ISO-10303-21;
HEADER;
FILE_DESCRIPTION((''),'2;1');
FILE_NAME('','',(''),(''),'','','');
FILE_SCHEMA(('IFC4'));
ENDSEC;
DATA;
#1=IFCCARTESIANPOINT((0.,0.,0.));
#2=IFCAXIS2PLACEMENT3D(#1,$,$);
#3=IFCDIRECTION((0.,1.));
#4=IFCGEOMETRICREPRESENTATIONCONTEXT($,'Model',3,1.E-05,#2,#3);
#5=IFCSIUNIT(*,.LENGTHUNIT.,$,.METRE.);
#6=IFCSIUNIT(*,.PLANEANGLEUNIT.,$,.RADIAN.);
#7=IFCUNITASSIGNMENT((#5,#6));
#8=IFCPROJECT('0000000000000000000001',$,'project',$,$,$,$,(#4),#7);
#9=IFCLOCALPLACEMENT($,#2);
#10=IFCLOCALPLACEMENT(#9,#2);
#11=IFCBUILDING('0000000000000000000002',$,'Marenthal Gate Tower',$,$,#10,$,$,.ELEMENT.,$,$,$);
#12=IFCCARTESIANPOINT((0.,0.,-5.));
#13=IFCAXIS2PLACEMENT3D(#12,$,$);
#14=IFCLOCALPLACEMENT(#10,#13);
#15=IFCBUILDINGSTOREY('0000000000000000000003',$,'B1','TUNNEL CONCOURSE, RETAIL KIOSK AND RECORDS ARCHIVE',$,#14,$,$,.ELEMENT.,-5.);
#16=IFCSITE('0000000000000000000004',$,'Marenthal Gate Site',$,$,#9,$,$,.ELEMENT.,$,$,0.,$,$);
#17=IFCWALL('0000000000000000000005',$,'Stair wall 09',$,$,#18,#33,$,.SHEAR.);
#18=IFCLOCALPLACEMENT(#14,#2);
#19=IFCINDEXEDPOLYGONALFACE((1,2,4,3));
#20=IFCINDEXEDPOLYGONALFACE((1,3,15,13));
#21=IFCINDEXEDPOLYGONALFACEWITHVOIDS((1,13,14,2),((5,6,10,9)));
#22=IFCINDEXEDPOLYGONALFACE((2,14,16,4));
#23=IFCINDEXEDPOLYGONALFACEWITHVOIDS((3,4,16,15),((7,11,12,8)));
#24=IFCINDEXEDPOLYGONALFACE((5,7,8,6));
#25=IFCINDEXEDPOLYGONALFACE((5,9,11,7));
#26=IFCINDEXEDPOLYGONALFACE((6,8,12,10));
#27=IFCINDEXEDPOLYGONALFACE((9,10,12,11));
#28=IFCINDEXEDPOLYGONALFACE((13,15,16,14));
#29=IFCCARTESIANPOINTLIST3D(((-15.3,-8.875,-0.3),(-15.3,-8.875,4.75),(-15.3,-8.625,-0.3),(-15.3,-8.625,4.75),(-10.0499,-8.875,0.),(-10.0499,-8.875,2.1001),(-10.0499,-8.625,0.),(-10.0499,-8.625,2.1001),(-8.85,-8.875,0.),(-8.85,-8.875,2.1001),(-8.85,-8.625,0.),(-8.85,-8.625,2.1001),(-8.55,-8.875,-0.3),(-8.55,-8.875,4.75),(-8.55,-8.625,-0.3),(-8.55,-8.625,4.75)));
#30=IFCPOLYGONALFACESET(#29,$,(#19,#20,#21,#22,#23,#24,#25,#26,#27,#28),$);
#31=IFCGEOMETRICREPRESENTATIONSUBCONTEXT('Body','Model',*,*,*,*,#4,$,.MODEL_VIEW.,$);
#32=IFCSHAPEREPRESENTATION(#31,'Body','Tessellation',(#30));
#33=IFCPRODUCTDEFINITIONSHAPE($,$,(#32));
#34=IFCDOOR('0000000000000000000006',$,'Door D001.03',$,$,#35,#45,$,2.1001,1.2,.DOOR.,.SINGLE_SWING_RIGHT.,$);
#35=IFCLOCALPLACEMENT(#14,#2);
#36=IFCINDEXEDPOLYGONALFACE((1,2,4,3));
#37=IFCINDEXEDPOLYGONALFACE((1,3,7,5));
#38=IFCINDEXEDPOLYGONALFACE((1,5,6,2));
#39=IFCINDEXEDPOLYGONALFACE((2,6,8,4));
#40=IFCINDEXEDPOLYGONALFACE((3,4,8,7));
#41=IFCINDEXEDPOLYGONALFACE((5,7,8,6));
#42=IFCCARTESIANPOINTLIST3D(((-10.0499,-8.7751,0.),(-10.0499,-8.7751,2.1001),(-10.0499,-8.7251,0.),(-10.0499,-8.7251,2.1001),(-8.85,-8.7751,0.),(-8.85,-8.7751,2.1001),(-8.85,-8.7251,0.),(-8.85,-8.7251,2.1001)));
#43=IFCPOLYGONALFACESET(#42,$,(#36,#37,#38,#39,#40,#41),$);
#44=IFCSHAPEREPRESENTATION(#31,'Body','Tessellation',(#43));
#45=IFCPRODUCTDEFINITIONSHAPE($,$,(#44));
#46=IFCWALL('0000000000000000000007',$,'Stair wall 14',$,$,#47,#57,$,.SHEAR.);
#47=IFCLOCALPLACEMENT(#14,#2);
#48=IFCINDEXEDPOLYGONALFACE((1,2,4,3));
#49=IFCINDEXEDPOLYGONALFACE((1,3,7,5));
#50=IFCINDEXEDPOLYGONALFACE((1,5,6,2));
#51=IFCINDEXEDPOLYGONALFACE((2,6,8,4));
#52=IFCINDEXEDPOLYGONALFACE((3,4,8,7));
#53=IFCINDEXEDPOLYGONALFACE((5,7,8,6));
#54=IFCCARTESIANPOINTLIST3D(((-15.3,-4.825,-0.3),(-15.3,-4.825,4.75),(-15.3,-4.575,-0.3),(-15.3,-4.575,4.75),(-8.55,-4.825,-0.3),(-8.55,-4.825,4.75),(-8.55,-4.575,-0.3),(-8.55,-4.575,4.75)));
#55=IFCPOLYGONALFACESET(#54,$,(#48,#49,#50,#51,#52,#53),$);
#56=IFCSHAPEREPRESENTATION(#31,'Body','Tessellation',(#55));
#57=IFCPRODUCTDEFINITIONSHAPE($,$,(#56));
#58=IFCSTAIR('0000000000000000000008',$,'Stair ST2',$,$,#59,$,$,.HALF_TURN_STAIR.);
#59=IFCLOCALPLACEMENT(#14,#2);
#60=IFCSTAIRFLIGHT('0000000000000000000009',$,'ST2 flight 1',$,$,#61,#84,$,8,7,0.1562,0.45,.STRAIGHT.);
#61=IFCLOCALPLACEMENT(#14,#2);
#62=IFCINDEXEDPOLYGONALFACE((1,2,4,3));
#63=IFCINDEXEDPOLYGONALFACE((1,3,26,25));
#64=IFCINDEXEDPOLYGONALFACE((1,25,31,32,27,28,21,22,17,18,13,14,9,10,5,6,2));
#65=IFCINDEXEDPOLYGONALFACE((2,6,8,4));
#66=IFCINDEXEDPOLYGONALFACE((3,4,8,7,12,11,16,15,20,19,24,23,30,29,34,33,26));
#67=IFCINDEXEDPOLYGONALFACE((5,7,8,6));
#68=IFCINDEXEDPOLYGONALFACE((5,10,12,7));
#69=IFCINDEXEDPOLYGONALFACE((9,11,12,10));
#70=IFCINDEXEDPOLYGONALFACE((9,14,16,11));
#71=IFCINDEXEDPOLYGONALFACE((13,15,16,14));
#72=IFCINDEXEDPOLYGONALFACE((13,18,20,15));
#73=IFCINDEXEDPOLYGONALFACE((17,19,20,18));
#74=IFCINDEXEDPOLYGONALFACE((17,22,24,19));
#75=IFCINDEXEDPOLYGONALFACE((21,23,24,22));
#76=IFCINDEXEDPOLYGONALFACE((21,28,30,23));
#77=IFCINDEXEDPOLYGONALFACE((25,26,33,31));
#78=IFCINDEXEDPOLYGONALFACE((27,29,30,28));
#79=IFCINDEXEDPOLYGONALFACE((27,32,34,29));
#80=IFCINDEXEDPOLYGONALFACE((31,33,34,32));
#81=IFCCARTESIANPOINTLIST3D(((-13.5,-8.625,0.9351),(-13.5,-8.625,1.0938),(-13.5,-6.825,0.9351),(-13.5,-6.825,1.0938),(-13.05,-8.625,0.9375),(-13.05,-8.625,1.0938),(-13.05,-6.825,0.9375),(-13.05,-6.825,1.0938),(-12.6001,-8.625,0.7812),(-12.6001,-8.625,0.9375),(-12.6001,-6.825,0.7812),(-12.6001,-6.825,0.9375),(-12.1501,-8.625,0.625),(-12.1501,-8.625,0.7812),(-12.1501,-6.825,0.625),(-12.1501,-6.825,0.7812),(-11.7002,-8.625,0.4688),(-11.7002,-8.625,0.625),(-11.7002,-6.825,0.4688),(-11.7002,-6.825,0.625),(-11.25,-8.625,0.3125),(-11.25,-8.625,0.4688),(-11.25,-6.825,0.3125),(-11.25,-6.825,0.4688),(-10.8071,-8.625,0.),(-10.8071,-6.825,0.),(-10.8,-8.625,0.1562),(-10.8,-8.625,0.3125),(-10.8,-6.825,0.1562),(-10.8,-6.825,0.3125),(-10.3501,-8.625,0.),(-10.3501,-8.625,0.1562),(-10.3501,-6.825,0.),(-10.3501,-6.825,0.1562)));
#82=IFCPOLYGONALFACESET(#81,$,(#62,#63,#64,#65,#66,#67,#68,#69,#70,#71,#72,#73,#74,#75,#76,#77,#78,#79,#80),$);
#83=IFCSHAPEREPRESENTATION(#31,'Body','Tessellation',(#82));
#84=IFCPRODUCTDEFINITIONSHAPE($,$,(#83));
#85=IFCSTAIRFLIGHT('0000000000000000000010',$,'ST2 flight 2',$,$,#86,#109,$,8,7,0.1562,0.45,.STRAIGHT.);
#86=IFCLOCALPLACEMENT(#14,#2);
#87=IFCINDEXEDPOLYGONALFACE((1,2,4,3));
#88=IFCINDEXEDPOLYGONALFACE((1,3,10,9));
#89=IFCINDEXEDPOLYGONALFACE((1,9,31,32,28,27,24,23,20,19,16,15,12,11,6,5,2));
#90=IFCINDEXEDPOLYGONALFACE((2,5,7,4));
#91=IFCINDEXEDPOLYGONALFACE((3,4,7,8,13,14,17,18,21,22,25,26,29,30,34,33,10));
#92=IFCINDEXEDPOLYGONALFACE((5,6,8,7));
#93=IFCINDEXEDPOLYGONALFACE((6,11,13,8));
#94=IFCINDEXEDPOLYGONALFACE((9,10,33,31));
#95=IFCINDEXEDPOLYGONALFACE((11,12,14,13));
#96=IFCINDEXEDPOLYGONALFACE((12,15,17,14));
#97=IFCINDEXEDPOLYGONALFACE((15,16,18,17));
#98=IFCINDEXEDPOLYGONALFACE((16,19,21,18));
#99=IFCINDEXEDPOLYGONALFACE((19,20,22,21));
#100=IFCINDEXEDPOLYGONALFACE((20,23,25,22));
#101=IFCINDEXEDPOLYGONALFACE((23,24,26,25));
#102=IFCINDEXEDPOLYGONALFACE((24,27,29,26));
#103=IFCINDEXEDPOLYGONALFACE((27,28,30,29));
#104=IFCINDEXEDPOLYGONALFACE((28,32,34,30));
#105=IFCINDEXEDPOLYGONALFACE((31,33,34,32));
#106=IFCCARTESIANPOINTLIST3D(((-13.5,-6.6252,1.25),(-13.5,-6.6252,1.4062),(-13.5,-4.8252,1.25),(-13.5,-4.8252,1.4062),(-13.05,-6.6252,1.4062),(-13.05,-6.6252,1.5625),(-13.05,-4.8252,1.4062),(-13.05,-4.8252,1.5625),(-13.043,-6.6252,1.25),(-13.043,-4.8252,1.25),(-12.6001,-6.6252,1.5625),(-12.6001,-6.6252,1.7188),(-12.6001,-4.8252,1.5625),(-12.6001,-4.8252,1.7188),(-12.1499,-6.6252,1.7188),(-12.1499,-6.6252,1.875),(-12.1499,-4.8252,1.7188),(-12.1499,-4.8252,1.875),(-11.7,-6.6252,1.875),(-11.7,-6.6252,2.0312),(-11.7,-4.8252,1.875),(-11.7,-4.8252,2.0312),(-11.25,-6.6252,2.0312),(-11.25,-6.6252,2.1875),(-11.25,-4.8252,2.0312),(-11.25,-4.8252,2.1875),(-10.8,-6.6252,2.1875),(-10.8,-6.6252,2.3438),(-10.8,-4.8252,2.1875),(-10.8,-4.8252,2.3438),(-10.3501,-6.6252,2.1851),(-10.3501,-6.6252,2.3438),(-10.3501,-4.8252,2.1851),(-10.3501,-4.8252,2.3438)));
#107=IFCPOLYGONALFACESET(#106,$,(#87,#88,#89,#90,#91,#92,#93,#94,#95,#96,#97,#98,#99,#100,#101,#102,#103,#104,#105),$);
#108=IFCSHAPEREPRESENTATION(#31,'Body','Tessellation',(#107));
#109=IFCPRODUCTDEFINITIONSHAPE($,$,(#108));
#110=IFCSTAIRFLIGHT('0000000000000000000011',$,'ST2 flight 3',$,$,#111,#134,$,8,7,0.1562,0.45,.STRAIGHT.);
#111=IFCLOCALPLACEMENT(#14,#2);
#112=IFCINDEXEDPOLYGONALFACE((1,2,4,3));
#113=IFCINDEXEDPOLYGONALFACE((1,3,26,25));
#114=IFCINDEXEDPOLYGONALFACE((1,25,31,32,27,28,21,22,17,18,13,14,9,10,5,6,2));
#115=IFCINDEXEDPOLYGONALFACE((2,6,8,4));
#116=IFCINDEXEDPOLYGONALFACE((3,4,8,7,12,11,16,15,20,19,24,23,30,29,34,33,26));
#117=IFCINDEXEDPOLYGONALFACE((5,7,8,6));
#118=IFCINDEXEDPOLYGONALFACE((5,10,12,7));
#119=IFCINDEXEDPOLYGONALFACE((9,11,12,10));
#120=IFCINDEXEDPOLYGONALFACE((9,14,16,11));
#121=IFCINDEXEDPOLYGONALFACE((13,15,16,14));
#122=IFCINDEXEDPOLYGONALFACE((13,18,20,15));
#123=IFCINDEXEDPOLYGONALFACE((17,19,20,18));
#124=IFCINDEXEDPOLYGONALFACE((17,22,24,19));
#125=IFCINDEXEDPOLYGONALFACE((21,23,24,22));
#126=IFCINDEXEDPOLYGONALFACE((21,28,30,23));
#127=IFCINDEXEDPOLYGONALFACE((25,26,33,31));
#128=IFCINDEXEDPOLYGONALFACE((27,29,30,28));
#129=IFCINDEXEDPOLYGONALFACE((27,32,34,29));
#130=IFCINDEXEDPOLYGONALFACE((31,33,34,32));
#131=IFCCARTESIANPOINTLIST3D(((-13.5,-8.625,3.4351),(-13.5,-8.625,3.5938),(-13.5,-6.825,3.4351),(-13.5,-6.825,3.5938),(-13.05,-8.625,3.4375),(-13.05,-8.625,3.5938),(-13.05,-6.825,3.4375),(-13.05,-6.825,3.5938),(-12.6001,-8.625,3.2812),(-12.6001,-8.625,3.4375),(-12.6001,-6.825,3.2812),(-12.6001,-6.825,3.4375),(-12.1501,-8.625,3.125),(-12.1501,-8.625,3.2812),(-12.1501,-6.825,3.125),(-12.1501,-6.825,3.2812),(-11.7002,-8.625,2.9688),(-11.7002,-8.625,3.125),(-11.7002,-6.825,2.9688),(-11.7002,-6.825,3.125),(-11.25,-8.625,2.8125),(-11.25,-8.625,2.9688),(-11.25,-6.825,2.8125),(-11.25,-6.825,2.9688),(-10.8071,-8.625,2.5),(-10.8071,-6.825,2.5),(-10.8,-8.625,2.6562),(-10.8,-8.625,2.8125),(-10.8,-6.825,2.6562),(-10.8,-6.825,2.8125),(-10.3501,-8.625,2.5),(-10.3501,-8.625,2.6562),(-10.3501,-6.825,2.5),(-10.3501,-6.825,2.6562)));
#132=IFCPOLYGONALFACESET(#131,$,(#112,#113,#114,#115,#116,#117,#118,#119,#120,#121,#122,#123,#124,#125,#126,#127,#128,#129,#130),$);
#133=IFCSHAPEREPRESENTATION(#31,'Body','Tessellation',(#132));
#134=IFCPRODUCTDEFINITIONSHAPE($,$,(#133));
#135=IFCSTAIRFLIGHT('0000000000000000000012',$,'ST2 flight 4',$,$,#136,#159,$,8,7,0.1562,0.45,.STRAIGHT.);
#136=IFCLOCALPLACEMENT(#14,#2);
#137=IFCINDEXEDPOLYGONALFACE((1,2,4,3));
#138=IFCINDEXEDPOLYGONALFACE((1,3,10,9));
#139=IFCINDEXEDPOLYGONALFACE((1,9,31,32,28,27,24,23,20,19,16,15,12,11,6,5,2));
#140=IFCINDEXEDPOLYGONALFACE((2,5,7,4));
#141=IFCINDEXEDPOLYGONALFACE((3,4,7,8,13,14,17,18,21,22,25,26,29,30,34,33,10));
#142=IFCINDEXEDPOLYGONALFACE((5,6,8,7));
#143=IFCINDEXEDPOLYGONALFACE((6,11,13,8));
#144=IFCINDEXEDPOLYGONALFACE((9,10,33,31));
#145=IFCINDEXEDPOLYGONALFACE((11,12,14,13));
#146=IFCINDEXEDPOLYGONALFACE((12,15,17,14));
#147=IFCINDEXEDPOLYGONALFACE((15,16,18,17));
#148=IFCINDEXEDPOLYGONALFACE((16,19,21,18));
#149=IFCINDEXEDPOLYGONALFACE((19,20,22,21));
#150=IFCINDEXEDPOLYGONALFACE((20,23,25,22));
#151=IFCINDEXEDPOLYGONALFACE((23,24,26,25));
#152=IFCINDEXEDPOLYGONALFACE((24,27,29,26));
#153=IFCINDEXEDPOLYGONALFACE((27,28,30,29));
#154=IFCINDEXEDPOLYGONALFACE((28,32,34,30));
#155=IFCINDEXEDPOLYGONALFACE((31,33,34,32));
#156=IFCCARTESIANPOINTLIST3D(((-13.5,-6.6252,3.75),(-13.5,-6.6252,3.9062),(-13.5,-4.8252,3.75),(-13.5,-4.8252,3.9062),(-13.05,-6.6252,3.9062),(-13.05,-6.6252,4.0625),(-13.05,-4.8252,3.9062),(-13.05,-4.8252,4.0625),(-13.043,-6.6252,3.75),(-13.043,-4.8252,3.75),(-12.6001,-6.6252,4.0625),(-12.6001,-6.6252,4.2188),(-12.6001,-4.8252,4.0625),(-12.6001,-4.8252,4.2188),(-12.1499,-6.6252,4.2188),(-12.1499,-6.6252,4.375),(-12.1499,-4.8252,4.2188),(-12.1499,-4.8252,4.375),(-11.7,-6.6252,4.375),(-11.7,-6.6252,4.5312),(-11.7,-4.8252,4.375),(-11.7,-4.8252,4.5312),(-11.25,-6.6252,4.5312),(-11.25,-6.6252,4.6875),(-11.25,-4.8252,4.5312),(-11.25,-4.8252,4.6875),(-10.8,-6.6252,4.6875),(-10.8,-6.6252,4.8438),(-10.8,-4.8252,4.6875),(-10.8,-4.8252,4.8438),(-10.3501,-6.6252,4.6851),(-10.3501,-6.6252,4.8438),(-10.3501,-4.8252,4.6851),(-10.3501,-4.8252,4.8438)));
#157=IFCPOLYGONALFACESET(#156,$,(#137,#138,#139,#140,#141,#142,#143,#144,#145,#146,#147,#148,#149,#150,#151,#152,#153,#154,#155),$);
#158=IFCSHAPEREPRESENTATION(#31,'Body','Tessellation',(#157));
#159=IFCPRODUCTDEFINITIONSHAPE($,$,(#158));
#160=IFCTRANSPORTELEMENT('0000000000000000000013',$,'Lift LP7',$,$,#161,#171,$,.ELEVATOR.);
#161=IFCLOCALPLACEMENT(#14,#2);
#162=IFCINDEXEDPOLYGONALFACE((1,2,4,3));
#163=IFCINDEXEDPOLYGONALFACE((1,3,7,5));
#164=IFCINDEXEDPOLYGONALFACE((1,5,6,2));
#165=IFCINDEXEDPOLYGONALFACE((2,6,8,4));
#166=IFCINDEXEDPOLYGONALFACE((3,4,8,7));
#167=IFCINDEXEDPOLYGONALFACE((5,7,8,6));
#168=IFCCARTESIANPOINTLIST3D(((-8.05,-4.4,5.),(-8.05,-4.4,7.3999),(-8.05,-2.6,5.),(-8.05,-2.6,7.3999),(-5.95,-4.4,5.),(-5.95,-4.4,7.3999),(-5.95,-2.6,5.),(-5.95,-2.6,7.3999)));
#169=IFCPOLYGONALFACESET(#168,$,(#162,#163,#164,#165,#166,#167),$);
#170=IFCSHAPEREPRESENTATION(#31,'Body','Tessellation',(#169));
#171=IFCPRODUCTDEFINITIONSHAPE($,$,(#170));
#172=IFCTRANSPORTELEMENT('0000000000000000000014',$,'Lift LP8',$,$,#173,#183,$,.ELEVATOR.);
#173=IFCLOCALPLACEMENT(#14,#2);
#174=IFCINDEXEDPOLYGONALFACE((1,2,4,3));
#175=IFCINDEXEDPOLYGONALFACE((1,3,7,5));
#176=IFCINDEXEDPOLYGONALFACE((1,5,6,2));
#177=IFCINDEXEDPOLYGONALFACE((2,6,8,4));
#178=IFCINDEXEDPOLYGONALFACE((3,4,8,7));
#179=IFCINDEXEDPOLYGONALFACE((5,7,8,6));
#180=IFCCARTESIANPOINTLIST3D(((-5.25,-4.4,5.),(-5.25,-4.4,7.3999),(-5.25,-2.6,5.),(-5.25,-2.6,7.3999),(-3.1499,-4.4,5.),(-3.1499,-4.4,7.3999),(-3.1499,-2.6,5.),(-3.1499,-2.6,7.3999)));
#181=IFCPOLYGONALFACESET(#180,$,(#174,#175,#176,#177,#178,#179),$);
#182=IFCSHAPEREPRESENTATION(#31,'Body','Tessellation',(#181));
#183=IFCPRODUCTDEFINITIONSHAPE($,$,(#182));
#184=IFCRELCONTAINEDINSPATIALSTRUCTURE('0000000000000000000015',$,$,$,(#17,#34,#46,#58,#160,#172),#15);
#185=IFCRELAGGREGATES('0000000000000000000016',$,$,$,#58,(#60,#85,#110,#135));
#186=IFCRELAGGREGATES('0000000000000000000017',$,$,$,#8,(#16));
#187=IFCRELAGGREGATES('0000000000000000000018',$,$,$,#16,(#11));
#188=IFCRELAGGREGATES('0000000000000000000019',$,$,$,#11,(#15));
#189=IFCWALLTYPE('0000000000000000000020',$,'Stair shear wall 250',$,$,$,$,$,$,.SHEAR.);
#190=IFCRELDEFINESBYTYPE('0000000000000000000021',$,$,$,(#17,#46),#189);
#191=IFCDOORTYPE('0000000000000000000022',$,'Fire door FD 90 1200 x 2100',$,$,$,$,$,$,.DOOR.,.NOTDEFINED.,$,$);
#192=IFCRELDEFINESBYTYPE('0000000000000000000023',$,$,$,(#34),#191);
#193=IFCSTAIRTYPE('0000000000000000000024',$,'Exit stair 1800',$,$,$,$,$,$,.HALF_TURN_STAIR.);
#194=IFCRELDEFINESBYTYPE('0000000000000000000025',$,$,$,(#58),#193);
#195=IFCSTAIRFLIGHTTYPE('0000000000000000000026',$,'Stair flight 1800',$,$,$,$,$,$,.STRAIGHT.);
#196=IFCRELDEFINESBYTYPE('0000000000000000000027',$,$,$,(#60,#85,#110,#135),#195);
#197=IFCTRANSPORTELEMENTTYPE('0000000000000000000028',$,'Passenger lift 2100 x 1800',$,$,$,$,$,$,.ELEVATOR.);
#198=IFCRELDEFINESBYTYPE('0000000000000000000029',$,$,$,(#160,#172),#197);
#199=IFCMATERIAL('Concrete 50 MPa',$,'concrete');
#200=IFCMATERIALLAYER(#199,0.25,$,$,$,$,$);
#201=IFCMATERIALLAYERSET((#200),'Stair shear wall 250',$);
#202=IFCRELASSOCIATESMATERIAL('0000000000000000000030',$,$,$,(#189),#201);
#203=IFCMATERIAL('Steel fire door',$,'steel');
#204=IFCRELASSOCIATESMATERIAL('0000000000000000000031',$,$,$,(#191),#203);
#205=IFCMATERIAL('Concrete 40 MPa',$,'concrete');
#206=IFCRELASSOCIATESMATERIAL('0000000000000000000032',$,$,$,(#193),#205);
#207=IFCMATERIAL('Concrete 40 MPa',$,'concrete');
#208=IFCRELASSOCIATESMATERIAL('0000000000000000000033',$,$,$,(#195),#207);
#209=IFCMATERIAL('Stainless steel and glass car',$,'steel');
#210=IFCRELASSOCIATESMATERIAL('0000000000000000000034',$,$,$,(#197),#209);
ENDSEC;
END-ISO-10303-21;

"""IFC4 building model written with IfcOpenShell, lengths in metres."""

from ifc_helpers import new_model, si_unit, direction, frame, frame_2d, origin, origin_2d, place, context, subcontext, project, spatial, polyline, rectangle, outline, extrude, material, layer, layer_set, type_object, element, fill, aggregate, save


model = new_model("IFC4")

# Units and contexts
model_context = context("Model", 3, precision=1e-05, world=origin(), true_north=direction((0.0, 1.0)))
body_context = subcontext(model_context, "Body", "Model", "MODEL_VIEW")
ifc_project = project(units=[si_unit("LENGTHUNIT", "METRE"), si_unit("PLANEANGLEUNIT", "RADIAN")], contexts=[model_context])

# Site, building, storey
site_placement = place(None, origin())
site = spatial("IfcSite", under=ifc_project, at=site_placement, Name="Marenthal Gate Site", CompositionType="ELEMENT", RefElevation=0.0)
building_placement = place(site_placement, origin())
building = spatial("IfcBuilding", under=site, at=building_placement, Name="Marenthal Gate Tower", CompositionType="ELEMENT")
storey_placement = place(building_placement, frame((0.0, 0.0, -5.0)))
storey = spatial("IfcBuildingStorey", under=building, at=storey_placement, Name="B1", Description="TUNNEL CONCOURSE, RETAIL KIOSK AND RECORDS ARCHIVE", CompositionType="ELEMENT", Elevation=-5.0)

# Wall, opening, door
ifc_material_1 = material(Name="Concrete 50 MPa", Category="concrete")
ifc_layer_1 = layer(ifc_material_1, 0.25)
ifc_layer_set_1 = layer_set([ifc_layer_1], Name="Stair shear wall 250")
wall_type_1 = type_object("IfcWallType", Name="Stair shear wall 250", PredefinedType="SHEAR", material=ifc_layer_set_1)
wall_1_placement = place(storey_placement, frame((-15.3, -8.75, -0.3), z_axis=(0.0, 0.0, 1.0), x_axis=(1.0, 0.0, 0.0)))
wall_1 = element("IfcWall", 1, at=wall_1_placement, inside=storey, type_object=wall_type_1, Name="Stair wall 09", PredefinedType="SHEAR", context=body_context, shape_type="SweptSolid", body=[
    extrude(rectangle(XDim=6.75, YDim=0.25, at=frame_2d((3.375, 0.0))), origin(), (0.0, 0.0, 1.0), 5.05),
])
opening_1_placement = place(wall_1_placement, frame((5.25, 0.0, 0.3)))
opening_1 = element("IfcOpeningElement", 2, at=opening_1_placement, cuts=wall_1, PredefinedType="OPENING", context=body_context, shape_type="SweptSolid", body=[
    extrude(rectangle(XDim=1.2, YDim=2.1001, at=frame_2d((0.6001, 1.05))), frame((0.0, 0.135, 0.0), z_axis=(0.0, -1.0, 0.0), x_axis=(1.0, 0.0, 0.0)), (0.0, 0.0, 1.0), 0.27),
])
ifc_material_2 = material(Name="Steel fire door", Category="steel")
door_type_1 = type_object("IfcDoorType", Name="Fire door FD 90 1200 x 2100", OperationType="NOTDEFINED", PredefinedType="DOOR", material=ifc_material_2)
door_1_placement = place(opening_1_placement, origin())
door_1 = element("IfcDoor", 3, at=door_1_placement, inside=storey, type_object=door_type_1, Name="Door D001.03", OperationType="SINGLE_SWING_RIGHT", OverallHeight=2.1001, OverallWidth=1.2, PredefinedType="DOOR", context=body_context, shape_type="SweptSolid", body=[
    extrude(rectangle(XDim=1.2, YDim=2.1001, at=frame_2d((0.6001, 1.05))), frame((0.0, 0.0249, 0.0), z_axis=(0.0, -1.0, 0.0), x_axis=(1.0, 0.0, 0.0)), (0.0, 0.0, 1.0), 0.05),
])
fill(opening_1, door_1)

# Wall
wall_2_placement = place(storey_placement, frame((-15.3, -4.7, -0.3), z_axis=(0.0, 0.0, 1.0), x_axis=(1.0, 0.0, 0.0)))
element("IfcWall", 4, at=wall_2_placement, inside=storey, type_object=wall_type_1, Name="Stair wall 14", PredefinedType="SHEAR", context=body_context, shape_type="SweptSolid", body=[
    extrude(rectangle(XDim=6.75, YDim=0.25, at=frame_2d((3.375, 0.0))), origin(), (0.0, 0.0, 1.0), 5.05),
])

# Stair, stair flights
ifc_material_3 = material(Name="Concrete 40 MPa", Category="concrete")
stair_type = type_object("IfcStairType", Name="Exit stair 1800", PredefinedType="HALF_TURN_STAIR", material=ifc_material_3)
stair_placement = place(storey_placement, origin())
stair = element("IfcStair", 5, at=stair_placement, inside=storey, type_object=stair_type, Name="Stair ST2", PredefinedType="HALF_TURN_STAIR")
ifc_material_4 = material(Name="Concrete 40 MPa", Category="concrete")
stair_flight_type = type_object("IfcStairFlightType", Name="Stair flight 1800", PredefinedType="STRAIGHT", material=ifc_material_4)
stair_flight_1_placement = place(storey_placement, frame((-10.3501, -7.7251, 0.0), z_axis=(0.0, 0.0, 1.0), x_axis=(-1.0, 0.0, 0.0)))
stair_flight_1 = element("IfcStairFlight", 6, at=stair_flight_1_placement, type_object=stair_flight_type, Name="ST2 flight 1", NumberOfRisers=8, NumberOfTreads=7, PredefinedType="STRAIGHT", RiserHeight=0.1562, TreadLength=0.45, context=body_context, shape_type="SweptSolid", body=[
    extrude(outline(polyline([(0.0, 0.0), (0.0, 0.1562), (0.45, 0.1562), (0.45, 0.3125), (0.8999, 0.3125), (0.8999, 0.4688), (1.3501, 0.4688), (1.3501, 0.625), (1.8, 0.625), (1.8, 0.7812), (2.25, 0.7812), (2.25, 0.9375), (2.7, 0.9375), (2.7, 1.0938), (3.1499, 1.0938), (3.1499, 1.25), (3.1499, 0.9351), (0.457, 0.0), (0.0, 0.0)])), frame((0.0, 0.8999, 0.0), z_axis=(0.0, -1.0, 0.0), x_axis=(1.0, 0.0, 0.0)), (0.0, 0.0, 1.0), 1.8),
])
stair_flight_2_placement = place(storey_placement, frame((-13.5, -5.7251, 1.25), z_axis=(0.0, 0.0, 1.0), x_axis=(1.0, 0.0, 0.0)))
stair_flight_2 = element("IfcStairFlight", 7, at=stair_flight_2_placement, type_object=stair_flight_type, Name="ST2 flight 2", NumberOfRisers=8, NumberOfTreads=7, PredefinedType="STRAIGHT", RiserHeight=0.1562, TreadLength=0.45, context=body_context, shape_type="SweptSolid", body=[
    extrude(outline(polyline([(0.0, 0.0), (0.0, 0.1562), (0.45, 0.1562), (0.45, 0.3125), (0.8999, 0.3125), (0.8999, 0.4688), (1.3501, 0.4688), (1.3501, 0.625), (1.8, 0.625), (1.8, 0.7812), (2.25, 0.7812), (2.25, 0.9375), (2.7, 0.9375), (2.7, 1.0938), (3.1499, 1.0938), (3.1499, 1.25), (3.1499, 0.9351), (0.457, 0.0), (0.0, 0.0)])), frame((0.0, 0.8999, 0.0), z_axis=(0.0, -1.0, 0.0), x_axis=(1.0, 0.0, 0.0)), (0.0, 0.0, 1.0), 1.8),
])
stair_flight_3_placement = place(storey_placement, frame((-10.3501, -7.7251, 2.5), z_axis=(0.0, 0.0, 1.0), x_axis=(-1.0, 0.0, 0.0)))
stair_flight_3 = element("IfcStairFlight", 8, at=stair_flight_3_placement, type_object=stair_flight_type, Name="ST2 flight 3", NumberOfRisers=8, NumberOfTreads=7, PredefinedType="STRAIGHT", RiserHeight=0.1562, TreadLength=0.45, context=body_context, shape_type="SweptSolid", body=[
    extrude(outline(polyline([(0.0, 0.0), (0.0, 0.1562), (0.45, 0.1562), (0.45, 0.3125), (0.8999, 0.3125), (0.8999, 0.4688), (1.3501, 0.4688), (1.3501, 0.625), (1.8, 0.625), (1.8, 0.7812), (2.25, 0.7812), (2.25, 0.9375), (2.7, 0.9375), (2.7, 1.0938), (3.1499, 1.0938), (3.1499, 1.25), (3.1499, 0.9351), (0.457, 0.0), (0.0, 0.0)])), frame((0.0, 0.8999, 0.0), z_axis=(0.0, -1.0, 0.0), x_axis=(1.0, 0.0, 0.0)), (0.0, 0.0, 1.0), 1.8),
])
stair_flight_4_placement = place(storey_placement, frame((-13.5, -5.7251, 3.75), z_axis=(0.0, 0.0, 1.0), x_axis=(1.0, 0.0, 0.0)))
stair_flight_4 = element("IfcStairFlight", 9, at=stair_flight_4_placement, type_object=stair_flight_type, Name="ST2 flight 4", NumberOfRisers=8, NumberOfTreads=7, PredefinedType="STRAIGHT", RiserHeight=0.1562, TreadLength=0.45, context=body_context, shape_type="SweptSolid", body=[
    extrude(outline(polyline([(0.0, 0.0), (0.0, 0.1562), (0.45, 0.1562), (0.45, 0.3125), (0.8999, 0.3125), (0.8999, 0.4688), (1.3501, 0.4688), (1.3501, 0.625), (1.8, 0.625), (1.8, 0.7812), (2.25, 0.7812), (2.25, 0.9375), (2.7, 0.9375), (2.7, 1.0938), (3.1499, 1.0938), (3.1499, 1.25), (3.1499, 0.9351), (0.457, 0.0), (0.0, 0.0)])), frame((0.0, 0.8999, 0.0), z_axis=(0.0, -1.0, 0.0), x_axis=(1.0, 0.0, 0.0)), (0.0, 0.0, 1.0), 1.8),
])
aggregate(stair, [stair_flight_1, stair_flight_2, stair_flight_3, stair_flight_4])

# Transport elements
ifc_material_5 = material(Name="Stainless steel and glass car", Category="steel")
transport_element_type = type_object("IfcTransportElementType", Name="Passenger lift 2100 x 1800", PredefinedType="ELEVATOR", material=ifc_material_5)
for number, where, z_axis, x_axis, name in (
    (10, (-7.0, -3.5, 5.0), (0.0, 0.0, 1.0), (1.0, 0.0, 0.0), "Lift LP7"),
    (11, (-4.2, -3.5, 5.0), (0.0, 0.0, 1.0), (1.0, 0.0, 0.0), "Lift LP8"),
):
    element("IfcTransportElement", number, at=place(storey_placement, frame(where, z_axis=z_axis, x_axis=x_axis)), inside=storey, type_object=transport_element_type, Name=name, PredefinedType="ELEVATOR", context=body_context, shape_type="SweptSolid", body=[
        extrude(rectangle(XDim=2.1001, YDim=1.8, at=origin_2d()), origin(), (0.0, 0.0, 1.0), 2.3999),
    ])

save(model, "model.ifc")
